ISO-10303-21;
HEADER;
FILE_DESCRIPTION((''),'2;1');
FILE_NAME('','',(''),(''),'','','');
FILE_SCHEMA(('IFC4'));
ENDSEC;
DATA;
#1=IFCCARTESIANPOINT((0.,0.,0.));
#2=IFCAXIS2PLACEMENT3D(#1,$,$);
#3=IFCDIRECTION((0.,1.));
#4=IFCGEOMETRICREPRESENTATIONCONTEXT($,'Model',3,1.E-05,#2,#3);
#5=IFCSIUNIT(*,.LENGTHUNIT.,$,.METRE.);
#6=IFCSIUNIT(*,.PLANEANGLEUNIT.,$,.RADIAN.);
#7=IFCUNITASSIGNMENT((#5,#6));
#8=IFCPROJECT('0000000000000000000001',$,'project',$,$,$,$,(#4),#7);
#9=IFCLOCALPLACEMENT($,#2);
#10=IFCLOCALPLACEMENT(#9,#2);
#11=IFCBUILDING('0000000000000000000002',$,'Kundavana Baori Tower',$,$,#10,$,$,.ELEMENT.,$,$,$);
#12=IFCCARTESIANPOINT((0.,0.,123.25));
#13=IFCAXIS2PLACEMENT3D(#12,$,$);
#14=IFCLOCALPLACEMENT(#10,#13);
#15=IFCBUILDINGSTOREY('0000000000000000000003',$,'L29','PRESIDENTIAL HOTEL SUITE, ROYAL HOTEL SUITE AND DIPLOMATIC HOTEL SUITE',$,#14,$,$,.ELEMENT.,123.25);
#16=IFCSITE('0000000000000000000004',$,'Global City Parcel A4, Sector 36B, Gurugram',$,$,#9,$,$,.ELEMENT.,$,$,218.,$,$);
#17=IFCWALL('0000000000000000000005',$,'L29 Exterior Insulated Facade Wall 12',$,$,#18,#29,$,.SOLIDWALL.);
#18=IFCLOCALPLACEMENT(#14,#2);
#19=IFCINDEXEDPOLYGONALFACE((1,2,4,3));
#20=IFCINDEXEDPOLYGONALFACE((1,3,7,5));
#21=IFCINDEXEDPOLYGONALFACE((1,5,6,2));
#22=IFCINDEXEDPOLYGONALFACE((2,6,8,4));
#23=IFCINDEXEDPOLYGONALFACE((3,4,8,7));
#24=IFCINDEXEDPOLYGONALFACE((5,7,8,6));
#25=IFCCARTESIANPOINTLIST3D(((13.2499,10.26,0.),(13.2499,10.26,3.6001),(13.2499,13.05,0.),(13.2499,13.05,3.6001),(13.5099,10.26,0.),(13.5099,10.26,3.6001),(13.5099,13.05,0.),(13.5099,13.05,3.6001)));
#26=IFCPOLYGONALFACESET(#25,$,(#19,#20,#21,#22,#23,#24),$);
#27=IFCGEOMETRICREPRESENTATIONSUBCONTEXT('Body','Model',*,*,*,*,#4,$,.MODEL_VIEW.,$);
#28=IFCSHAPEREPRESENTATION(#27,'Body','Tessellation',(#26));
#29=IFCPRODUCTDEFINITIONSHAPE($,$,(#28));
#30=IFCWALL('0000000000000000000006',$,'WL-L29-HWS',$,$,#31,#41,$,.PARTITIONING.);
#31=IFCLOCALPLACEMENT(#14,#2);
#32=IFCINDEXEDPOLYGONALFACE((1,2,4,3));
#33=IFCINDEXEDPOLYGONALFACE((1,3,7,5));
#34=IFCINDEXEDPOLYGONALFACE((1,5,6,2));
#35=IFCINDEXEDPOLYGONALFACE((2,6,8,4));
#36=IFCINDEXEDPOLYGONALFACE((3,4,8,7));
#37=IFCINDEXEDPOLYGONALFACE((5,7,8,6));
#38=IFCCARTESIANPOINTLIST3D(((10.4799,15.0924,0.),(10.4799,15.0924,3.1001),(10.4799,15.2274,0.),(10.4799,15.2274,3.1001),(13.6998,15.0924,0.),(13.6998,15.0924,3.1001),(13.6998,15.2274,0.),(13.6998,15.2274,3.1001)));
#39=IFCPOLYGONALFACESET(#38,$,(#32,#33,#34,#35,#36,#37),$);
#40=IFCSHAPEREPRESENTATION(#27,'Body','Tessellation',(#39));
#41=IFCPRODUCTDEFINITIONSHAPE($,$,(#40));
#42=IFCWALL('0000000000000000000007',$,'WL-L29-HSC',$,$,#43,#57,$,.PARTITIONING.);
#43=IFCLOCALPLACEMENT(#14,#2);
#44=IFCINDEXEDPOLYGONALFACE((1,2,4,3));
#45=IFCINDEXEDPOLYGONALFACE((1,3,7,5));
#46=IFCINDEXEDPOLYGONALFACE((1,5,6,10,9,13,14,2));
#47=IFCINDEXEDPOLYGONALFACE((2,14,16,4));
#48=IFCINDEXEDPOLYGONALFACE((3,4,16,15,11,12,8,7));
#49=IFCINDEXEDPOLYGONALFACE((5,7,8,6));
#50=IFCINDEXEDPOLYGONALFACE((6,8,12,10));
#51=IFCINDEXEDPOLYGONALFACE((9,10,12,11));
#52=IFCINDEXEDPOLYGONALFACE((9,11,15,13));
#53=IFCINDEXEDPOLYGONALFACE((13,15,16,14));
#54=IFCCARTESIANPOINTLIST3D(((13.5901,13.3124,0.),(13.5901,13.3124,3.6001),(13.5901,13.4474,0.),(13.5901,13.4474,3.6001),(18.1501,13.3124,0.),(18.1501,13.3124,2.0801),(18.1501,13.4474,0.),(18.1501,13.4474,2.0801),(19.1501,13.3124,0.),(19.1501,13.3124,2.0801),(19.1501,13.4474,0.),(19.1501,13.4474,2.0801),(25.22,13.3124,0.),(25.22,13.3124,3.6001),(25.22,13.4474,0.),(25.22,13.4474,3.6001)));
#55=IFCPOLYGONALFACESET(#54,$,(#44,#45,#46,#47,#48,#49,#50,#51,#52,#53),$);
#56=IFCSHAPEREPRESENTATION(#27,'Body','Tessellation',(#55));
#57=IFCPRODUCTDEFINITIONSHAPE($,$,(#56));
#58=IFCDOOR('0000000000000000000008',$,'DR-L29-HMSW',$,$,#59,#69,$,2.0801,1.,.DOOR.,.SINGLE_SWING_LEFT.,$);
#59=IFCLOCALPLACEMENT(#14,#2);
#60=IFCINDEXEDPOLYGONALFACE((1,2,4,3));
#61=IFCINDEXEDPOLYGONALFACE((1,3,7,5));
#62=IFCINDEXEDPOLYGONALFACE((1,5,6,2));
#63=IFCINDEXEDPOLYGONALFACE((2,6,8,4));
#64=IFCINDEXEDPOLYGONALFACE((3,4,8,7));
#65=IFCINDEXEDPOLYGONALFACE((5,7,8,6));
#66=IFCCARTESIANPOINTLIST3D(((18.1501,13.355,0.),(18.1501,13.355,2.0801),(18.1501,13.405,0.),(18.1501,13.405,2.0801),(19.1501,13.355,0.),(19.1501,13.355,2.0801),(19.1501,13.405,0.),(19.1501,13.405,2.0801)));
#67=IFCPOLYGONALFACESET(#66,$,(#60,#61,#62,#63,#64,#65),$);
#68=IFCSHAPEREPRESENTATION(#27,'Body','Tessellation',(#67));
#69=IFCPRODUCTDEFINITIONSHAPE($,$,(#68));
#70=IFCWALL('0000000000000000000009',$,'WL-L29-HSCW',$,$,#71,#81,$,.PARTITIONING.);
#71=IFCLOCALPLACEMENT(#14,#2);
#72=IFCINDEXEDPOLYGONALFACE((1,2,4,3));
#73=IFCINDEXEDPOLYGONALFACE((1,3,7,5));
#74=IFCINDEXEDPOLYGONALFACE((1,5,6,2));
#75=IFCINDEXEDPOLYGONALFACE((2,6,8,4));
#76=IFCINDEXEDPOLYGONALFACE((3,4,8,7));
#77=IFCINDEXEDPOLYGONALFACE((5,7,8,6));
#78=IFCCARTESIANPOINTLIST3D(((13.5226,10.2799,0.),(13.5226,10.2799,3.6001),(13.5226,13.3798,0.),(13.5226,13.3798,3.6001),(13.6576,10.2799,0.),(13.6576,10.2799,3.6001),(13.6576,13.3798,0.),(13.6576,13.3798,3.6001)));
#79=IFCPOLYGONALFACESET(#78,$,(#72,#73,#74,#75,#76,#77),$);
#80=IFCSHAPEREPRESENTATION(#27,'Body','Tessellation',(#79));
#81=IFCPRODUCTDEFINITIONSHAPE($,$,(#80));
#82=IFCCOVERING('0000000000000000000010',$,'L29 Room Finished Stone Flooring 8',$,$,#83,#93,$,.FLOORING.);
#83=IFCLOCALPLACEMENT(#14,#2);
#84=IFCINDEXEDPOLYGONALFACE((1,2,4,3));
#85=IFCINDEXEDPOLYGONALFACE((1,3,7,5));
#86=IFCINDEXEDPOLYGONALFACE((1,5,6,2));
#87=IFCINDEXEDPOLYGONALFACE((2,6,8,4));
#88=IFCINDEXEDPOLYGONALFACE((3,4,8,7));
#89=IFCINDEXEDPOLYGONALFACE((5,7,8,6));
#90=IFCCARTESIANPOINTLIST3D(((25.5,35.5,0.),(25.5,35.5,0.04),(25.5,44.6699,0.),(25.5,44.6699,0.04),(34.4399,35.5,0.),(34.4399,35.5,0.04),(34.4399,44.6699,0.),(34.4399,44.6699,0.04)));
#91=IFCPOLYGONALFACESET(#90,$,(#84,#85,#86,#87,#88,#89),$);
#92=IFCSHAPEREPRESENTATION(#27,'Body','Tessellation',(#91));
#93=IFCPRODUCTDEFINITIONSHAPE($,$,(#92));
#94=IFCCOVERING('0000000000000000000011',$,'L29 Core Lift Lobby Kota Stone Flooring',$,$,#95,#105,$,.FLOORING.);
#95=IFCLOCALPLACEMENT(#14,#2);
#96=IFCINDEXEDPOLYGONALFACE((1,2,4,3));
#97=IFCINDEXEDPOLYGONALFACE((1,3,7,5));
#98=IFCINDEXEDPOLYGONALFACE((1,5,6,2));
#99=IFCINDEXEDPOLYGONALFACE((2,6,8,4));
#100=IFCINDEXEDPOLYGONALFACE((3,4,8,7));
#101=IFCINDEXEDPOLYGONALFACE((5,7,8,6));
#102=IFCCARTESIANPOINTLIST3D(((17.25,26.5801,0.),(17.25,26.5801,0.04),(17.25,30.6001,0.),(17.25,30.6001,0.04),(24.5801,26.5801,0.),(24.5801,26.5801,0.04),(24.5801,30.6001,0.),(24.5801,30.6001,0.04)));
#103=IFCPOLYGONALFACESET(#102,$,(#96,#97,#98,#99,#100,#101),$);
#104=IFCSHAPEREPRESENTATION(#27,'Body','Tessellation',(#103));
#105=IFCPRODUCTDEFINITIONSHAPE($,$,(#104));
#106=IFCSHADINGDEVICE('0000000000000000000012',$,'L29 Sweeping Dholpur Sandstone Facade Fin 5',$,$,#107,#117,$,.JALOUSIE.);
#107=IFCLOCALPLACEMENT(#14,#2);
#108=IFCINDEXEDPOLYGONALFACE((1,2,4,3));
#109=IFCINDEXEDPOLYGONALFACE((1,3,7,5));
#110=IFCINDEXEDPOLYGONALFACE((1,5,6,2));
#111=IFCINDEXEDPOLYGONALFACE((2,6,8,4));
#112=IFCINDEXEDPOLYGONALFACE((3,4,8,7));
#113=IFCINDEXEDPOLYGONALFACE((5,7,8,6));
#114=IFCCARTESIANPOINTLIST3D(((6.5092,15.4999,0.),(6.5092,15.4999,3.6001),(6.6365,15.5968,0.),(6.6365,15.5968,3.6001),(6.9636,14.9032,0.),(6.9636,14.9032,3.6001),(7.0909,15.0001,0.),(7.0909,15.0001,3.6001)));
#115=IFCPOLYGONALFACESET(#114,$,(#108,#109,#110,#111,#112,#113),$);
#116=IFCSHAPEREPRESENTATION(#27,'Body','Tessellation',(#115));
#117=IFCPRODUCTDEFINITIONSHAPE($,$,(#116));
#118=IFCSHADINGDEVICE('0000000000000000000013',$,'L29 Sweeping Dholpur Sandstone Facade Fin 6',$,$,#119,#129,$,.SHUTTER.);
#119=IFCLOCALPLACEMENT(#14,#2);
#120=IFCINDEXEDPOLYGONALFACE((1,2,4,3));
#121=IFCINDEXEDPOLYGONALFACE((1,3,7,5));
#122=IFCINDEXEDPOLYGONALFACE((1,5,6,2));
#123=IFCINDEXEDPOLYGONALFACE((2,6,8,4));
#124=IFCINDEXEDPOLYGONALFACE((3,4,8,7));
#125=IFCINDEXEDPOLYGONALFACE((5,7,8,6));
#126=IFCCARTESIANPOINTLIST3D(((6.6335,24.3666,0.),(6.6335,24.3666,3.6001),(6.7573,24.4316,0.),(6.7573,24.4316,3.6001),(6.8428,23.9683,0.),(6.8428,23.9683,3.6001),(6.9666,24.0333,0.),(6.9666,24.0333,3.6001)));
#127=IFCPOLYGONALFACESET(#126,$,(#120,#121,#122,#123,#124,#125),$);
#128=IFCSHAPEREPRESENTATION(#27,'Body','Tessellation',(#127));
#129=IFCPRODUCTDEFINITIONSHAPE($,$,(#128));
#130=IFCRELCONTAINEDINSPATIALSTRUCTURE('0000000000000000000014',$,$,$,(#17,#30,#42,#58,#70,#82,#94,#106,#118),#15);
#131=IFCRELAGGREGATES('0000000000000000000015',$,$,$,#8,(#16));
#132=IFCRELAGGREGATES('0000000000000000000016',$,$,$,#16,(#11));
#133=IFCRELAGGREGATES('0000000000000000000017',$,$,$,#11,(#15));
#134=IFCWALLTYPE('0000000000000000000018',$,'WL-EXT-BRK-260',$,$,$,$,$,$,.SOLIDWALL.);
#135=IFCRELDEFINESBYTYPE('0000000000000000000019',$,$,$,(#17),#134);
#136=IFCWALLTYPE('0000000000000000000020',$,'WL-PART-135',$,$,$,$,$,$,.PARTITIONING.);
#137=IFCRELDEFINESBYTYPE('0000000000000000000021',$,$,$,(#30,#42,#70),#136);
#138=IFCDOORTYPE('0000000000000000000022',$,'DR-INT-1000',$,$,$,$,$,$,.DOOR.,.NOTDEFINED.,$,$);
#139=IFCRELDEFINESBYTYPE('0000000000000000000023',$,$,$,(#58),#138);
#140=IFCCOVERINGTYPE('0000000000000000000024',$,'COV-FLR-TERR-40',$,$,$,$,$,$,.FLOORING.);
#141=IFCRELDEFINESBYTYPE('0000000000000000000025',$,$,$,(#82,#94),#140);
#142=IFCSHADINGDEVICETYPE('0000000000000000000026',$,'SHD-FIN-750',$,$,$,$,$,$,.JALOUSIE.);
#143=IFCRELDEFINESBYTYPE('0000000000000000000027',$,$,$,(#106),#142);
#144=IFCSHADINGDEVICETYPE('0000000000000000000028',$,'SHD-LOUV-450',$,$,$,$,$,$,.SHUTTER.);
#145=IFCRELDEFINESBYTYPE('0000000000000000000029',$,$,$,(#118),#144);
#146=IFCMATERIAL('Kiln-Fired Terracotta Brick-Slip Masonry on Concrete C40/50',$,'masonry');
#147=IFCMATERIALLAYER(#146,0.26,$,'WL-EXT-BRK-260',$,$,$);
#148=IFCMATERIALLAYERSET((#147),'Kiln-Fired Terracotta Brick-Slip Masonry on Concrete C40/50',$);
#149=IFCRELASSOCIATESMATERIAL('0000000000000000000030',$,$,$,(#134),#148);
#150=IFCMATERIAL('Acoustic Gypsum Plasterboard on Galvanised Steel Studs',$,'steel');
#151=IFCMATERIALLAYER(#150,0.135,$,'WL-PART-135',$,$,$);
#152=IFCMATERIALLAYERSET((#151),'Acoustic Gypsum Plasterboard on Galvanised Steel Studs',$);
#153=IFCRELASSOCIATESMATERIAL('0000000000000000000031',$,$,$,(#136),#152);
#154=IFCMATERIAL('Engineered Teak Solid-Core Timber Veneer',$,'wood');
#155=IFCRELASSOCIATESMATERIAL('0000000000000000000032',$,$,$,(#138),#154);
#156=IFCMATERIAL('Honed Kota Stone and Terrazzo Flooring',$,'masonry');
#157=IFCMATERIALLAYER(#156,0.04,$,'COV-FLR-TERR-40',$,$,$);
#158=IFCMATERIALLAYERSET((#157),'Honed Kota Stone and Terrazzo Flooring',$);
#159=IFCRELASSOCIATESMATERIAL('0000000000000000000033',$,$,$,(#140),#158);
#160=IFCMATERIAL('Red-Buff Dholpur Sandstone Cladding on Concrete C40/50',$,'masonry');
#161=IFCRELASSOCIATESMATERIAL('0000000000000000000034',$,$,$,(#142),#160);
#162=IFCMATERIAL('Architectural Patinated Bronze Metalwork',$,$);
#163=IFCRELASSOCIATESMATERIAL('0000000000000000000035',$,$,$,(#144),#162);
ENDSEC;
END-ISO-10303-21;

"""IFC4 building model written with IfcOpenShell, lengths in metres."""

from ifc_helpers import new_model, si_unit, direction, frame, frame_2d, origin, origin_2d, place, context, subcontext, project, spatial, polyline, rectangle, outline, extrude, material, layer, layer_set, type_object, element, fill, save


model = new_model("IFC4")

# Units and contexts
model_context = context("Model", 3, precision=1e-05, world=origin(), true_north=direction((0.0, 1.0)))
body_context = subcontext(model_context, "Body", "Model", "MODEL_VIEW")
ifc_project = project(units=[si_unit("LENGTHUNIT", "METRE"), si_unit("PLANEANGLEUNIT", "RADIAN")], contexts=[model_context])

# Site, building, storey
site_placement = place(None, origin())
site = spatial("IfcSite", under=ifc_project, at=site_placement, Name="Global City Parcel A4, Sector 36B, Gurugram", CompositionType="ELEMENT", RefElevation=218.0)
building_placement = place(site_placement, origin())
building = spatial("IfcBuilding", under=site, at=building_placement, Name="Kundavana Baori Tower", CompositionType="ELEMENT")
storey_placement = place(building_placement, frame((0.0, 0.0, 123.25)))
storey = spatial("IfcBuildingStorey", under=building, at=storey_placement, Name="L29", Description="PRESIDENTIAL HOTEL SUITE, ROYAL HOTEL SUITE AND DIPLOMATIC HOTEL SUITE", CompositionType="ELEMENT", Elevation=123.25)

# Shared definitions
ifc_material_1 = material(Name="Kiln-Fired Terracotta Brick-Slip Masonry on Concrete C40/50", Category="masonry")
ifc_layer_1 = layer(ifc_material_1, 0.26, Name="WL-EXT-BRK-260")
ifc_layer_set_1 = layer_set([ifc_layer_1], Name="Kiln-Fired Terracotta Brick-Slip Masonry on Concrete C40/50")
wall_type_1 = type_object("IfcWallType", Name="WL-EXT-BRK-260", PredefinedType="SOLIDWALL", material=ifc_layer_set_1)

# Walls
wall_1_placement = place(storey_placement, frame((13.3799, 13.05, 0.0), z_axis=(0.0, 0.0, 1.0), x_axis=(0.0, -1.0, 0.0)))
element("IfcWall", 1, at=wall_1_placement, inside=storey, type_object=wall_type_1, Name="L29 Exterior Insulated Facade Wall 12", PredefinedType="SOLIDWALL", context=body_context, shape_type="SweptSolid", body=[
    extrude(rectangle(XDim=2.79, YDim=0.26, at=frame_2d((1.395, 0.0))), origin(), (0.0, 0.0, 1.0), 3.6001),
])
ifc_material_2 = material(Name="Acoustic Gypsum Plasterboard on Galvanised Steel Studs", Category="steel")
ifc_layer_2 = layer(ifc_material_2, 0.135, Name="WL-PART-135")
ifc_layer_set_2 = layer_set([ifc_layer_2], Name="Acoustic Gypsum Plasterboard on Galvanised Steel Studs")
wall_type_2 = type_object("IfcWallType", Name="WL-PART-135", PredefinedType="PARTITIONING", material=ifc_layer_set_2)
wall_2_placement = place(storey_placement, frame((10.48, 15.1599, 0.0), z_axis=(0.0, 0.0, 1.0), x_axis=(1.0, 0.0, 0.0)))
element("IfcWall", 2, at=wall_2_placement, inside=storey, type_object=wall_type_2, Name="WL-L29-HWS", PredefinedType="PARTITIONING", context=body_context, shape_type="SweptSolid", body=[
    extrude(rectangle(XDim=3.22, YDim=0.135, at=frame_2d((1.6099, 0.0))), origin(), (0.0, 0.0, 1.0), 3.1001),
])

# Wall, opening, door
wall_3_placement = place(storey_placement, frame((13.5901, 13.3799, 0.0), z_axis=(0.0, 0.0, 1.0), x_axis=(1.0, 0.0, 0.0)))
wall_3 = element("IfcWall", 3, at=wall_3_placement, inside=storey, type_object=wall_type_2, Name="WL-L29-HSC", PredefinedType="PARTITIONING", context=body_context, shape_type="SweptSolid", body=[
    extrude(rectangle(XDim=11.6299, YDim=0.135, at=frame_2d((5.8149, 0.0))), origin(), (0.0, 0.0, 1.0), 3.6001),
])
opening_1_placement = place(wall_3_placement, frame((4.5601, 0.0, 0.0)))
opening_1 = element("IfcOpeningElement", 4, at=opening_1_placement, cuts=wall_3, PredefinedType="OPENING", context=body_context, shape_type="SweptSolid", body=[
    extrude(rectangle(XDim=1.0, YDim=2.0801, at=frame_2d((0.5, 1.04))), frame((0.0, 0.0776, 0.0), z_axis=(0.0, -1.0, 0.0), x_axis=(1.0, 0.0, 0.0)), (0.0, 0.0, 1.0), 0.155),
])
ifc_material_3 = material(Name="Engineered Teak Solid-Core Timber Veneer", Category="wood")
door_type_1 = type_object("IfcDoorType", Name="DR-INT-1000", OperationType="NOTDEFINED", PredefinedType="DOOR", material=ifc_material_3)
door_1_placement = place(opening_1_placement, frame((1.0, 0.0, 0.0), z_axis=(0.0, 0.0, 1.0), x_axis=(-1.0, 0.0, 0.0)))
door_1 = element("IfcDoor", 5, at=door_1_placement, inside=storey, type_object=door_type_1, Name="DR-L29-HMSW", OperationType="SINGLE_SWING_LEFT", OverallHeight=2.0801, OverallWidth=1.0, PredefinedType="DOOR", context=body_context, shape_type="SweptSolid", body=[
    extrude(rectangle(XDim=1.0, YDim=2.0801, at=frame_2d((0.5, 1.04))), frame((0.0, 0.0249, 0.0), z_axis=(0.0, -1.0, 0.0), x_axis=(1.0, 0.0, 0.0)), (0.0, 0.0, 1.0), 0.05),
])
fill(opening_1, door_1)

# Wall
wall_4_placement = place(storey_placement, frame((13.5901, 10.28, 0.0), z_axis=(0.0, 0.0, 1.0), x_axis=(0.0, 1.0, 0.0)))
element("IfcWall", 6, at=wall_4_placement, inside=storey, type_object=wall_type_2, Name="WL-L29-HSCW", PredefinedType="PARTITIONING", context=body_context, shape_type="SweptSolid", body=[
    extrude(rectangle(XDim=3.0999, YDim=0.135, at=frame_2d((1.5498, 0.0))), origin(), (0.0, 0.0, 1.0), 3.6001),
])

# Coverings
ifc_material_4 = material(Name="Honed Kota Stone and Terrazzo Flooring", Category="masonry")
ifc_layer_3 = layer(ifc_material_4, 0.04, Name="COV-FLR-TERR-40")
ifc_layer_set_3 = layer_set([ifc_layer_3], Name="Honed Kota Stone and Terrazzo Flooring")
covering_type = type_object("IfcCoveringType", Name="COV-FLR-TERR-40", PredefinedType="FLOORING", material=ifc_layer_set_3)
covering_1_placement = place(storey_placement, origin())
element("IfcCovering", 7, at=covering_1_placement, inside=storey, type_object=covering_type, Name="L29 Room Finished Stone Flooring 8", PredefinedType="FLOORING", context=body_context, shape_type="SweptSolid", body=[
    extrude(outline(polyline([(25.5, 35.5), (34.4399, 35.5), (34.4399, 44.6699), (25.5, 44.6699), (25.5, 35.5)])), origin(), (0.0, 0.0, 1.0), 0.04),
])
covering_2_placement = place(storey_placement, origin())
element("IfcCovering", 8, at=covering_2_placement, inside=storey, type_object=covering_type, Name="L29 Core Lift Lobby Kota Stone Flooring", PredefinedType="FLOORING", context=body_context, shape_type="SweptSolid", body=[
    extrude(outline(polyline([(17.25, 26.5801), (24.5801, 26.5801), (24.5801, 30.6001), (17.25, 30.6001), (17.25, 26.5801)])), origin(), (0.0, 0.0, 1.0), 0.04),
])

# Shading devices
ifc_material_5 = material(Name="Red-Buff Dholpur Sandstone Cladding on Concrete C40/50", Category="masonry")
shading_device_type_1 = type_object("IfcShadingDeviceType", Name="SHD-FIN-750", PredefinedType="JALOUSIE", material=ifc_material_5)
shading_device_1_placement = place(storey_placement, frame((6.8, 15.25, 0.0), z_axis=(0.0, 0.0, 1.0), x_axis=(0.795579, 0.60585, 0.0)))
element("IfcShadingDevice", 9, at=shading_device_1_placement, inside=storey, type_object=shading_device_type_1, Name="L29 Sweeping Dholpur Sandstone Facade Fin 5", PredefinedType="JALOUSIE", context=body_context, shape_type="SweptSolid", body=[
    extrude(rectangle(XDim=0.1599, YDim=0.75, at=origin_2d()), origin(), (0.0, 0.0, 1.0), 3.6001),
])
ifc_material_6 = material(Name="Architectural Patinated Bronze Metalwork")
shading_device_type_2 = type_object("IfcShadingDeviceType", Name="SHD-LOUV-450", PredefinedType="SHUTTER", material=ifc_material_6)
shading_device_2_placement = place(storey_placement, frame((6.8, 24.2, 0.0), z_axis=(0.0, 0.0, 1.0), x_axis=(0.885231, 0.465151, 0.0)))
element("IfcShadingDevice", 10, at=shading_device_2_placement, inside=storey, type_object=shading_device_type_2, Name="L29 Sweeping Dholpur Sandstone Facade Fin 6", PredefinedType="SHUTTER", context=body_context, shape_type="SweptSolid", body=[
    extrude(rectangle(XDim=0.1399, YDim=0.45, at=origin_2d()), origin(), (0.0, 0.0, 1.0), 3.6001),
])

save(model, "model.ifc")
